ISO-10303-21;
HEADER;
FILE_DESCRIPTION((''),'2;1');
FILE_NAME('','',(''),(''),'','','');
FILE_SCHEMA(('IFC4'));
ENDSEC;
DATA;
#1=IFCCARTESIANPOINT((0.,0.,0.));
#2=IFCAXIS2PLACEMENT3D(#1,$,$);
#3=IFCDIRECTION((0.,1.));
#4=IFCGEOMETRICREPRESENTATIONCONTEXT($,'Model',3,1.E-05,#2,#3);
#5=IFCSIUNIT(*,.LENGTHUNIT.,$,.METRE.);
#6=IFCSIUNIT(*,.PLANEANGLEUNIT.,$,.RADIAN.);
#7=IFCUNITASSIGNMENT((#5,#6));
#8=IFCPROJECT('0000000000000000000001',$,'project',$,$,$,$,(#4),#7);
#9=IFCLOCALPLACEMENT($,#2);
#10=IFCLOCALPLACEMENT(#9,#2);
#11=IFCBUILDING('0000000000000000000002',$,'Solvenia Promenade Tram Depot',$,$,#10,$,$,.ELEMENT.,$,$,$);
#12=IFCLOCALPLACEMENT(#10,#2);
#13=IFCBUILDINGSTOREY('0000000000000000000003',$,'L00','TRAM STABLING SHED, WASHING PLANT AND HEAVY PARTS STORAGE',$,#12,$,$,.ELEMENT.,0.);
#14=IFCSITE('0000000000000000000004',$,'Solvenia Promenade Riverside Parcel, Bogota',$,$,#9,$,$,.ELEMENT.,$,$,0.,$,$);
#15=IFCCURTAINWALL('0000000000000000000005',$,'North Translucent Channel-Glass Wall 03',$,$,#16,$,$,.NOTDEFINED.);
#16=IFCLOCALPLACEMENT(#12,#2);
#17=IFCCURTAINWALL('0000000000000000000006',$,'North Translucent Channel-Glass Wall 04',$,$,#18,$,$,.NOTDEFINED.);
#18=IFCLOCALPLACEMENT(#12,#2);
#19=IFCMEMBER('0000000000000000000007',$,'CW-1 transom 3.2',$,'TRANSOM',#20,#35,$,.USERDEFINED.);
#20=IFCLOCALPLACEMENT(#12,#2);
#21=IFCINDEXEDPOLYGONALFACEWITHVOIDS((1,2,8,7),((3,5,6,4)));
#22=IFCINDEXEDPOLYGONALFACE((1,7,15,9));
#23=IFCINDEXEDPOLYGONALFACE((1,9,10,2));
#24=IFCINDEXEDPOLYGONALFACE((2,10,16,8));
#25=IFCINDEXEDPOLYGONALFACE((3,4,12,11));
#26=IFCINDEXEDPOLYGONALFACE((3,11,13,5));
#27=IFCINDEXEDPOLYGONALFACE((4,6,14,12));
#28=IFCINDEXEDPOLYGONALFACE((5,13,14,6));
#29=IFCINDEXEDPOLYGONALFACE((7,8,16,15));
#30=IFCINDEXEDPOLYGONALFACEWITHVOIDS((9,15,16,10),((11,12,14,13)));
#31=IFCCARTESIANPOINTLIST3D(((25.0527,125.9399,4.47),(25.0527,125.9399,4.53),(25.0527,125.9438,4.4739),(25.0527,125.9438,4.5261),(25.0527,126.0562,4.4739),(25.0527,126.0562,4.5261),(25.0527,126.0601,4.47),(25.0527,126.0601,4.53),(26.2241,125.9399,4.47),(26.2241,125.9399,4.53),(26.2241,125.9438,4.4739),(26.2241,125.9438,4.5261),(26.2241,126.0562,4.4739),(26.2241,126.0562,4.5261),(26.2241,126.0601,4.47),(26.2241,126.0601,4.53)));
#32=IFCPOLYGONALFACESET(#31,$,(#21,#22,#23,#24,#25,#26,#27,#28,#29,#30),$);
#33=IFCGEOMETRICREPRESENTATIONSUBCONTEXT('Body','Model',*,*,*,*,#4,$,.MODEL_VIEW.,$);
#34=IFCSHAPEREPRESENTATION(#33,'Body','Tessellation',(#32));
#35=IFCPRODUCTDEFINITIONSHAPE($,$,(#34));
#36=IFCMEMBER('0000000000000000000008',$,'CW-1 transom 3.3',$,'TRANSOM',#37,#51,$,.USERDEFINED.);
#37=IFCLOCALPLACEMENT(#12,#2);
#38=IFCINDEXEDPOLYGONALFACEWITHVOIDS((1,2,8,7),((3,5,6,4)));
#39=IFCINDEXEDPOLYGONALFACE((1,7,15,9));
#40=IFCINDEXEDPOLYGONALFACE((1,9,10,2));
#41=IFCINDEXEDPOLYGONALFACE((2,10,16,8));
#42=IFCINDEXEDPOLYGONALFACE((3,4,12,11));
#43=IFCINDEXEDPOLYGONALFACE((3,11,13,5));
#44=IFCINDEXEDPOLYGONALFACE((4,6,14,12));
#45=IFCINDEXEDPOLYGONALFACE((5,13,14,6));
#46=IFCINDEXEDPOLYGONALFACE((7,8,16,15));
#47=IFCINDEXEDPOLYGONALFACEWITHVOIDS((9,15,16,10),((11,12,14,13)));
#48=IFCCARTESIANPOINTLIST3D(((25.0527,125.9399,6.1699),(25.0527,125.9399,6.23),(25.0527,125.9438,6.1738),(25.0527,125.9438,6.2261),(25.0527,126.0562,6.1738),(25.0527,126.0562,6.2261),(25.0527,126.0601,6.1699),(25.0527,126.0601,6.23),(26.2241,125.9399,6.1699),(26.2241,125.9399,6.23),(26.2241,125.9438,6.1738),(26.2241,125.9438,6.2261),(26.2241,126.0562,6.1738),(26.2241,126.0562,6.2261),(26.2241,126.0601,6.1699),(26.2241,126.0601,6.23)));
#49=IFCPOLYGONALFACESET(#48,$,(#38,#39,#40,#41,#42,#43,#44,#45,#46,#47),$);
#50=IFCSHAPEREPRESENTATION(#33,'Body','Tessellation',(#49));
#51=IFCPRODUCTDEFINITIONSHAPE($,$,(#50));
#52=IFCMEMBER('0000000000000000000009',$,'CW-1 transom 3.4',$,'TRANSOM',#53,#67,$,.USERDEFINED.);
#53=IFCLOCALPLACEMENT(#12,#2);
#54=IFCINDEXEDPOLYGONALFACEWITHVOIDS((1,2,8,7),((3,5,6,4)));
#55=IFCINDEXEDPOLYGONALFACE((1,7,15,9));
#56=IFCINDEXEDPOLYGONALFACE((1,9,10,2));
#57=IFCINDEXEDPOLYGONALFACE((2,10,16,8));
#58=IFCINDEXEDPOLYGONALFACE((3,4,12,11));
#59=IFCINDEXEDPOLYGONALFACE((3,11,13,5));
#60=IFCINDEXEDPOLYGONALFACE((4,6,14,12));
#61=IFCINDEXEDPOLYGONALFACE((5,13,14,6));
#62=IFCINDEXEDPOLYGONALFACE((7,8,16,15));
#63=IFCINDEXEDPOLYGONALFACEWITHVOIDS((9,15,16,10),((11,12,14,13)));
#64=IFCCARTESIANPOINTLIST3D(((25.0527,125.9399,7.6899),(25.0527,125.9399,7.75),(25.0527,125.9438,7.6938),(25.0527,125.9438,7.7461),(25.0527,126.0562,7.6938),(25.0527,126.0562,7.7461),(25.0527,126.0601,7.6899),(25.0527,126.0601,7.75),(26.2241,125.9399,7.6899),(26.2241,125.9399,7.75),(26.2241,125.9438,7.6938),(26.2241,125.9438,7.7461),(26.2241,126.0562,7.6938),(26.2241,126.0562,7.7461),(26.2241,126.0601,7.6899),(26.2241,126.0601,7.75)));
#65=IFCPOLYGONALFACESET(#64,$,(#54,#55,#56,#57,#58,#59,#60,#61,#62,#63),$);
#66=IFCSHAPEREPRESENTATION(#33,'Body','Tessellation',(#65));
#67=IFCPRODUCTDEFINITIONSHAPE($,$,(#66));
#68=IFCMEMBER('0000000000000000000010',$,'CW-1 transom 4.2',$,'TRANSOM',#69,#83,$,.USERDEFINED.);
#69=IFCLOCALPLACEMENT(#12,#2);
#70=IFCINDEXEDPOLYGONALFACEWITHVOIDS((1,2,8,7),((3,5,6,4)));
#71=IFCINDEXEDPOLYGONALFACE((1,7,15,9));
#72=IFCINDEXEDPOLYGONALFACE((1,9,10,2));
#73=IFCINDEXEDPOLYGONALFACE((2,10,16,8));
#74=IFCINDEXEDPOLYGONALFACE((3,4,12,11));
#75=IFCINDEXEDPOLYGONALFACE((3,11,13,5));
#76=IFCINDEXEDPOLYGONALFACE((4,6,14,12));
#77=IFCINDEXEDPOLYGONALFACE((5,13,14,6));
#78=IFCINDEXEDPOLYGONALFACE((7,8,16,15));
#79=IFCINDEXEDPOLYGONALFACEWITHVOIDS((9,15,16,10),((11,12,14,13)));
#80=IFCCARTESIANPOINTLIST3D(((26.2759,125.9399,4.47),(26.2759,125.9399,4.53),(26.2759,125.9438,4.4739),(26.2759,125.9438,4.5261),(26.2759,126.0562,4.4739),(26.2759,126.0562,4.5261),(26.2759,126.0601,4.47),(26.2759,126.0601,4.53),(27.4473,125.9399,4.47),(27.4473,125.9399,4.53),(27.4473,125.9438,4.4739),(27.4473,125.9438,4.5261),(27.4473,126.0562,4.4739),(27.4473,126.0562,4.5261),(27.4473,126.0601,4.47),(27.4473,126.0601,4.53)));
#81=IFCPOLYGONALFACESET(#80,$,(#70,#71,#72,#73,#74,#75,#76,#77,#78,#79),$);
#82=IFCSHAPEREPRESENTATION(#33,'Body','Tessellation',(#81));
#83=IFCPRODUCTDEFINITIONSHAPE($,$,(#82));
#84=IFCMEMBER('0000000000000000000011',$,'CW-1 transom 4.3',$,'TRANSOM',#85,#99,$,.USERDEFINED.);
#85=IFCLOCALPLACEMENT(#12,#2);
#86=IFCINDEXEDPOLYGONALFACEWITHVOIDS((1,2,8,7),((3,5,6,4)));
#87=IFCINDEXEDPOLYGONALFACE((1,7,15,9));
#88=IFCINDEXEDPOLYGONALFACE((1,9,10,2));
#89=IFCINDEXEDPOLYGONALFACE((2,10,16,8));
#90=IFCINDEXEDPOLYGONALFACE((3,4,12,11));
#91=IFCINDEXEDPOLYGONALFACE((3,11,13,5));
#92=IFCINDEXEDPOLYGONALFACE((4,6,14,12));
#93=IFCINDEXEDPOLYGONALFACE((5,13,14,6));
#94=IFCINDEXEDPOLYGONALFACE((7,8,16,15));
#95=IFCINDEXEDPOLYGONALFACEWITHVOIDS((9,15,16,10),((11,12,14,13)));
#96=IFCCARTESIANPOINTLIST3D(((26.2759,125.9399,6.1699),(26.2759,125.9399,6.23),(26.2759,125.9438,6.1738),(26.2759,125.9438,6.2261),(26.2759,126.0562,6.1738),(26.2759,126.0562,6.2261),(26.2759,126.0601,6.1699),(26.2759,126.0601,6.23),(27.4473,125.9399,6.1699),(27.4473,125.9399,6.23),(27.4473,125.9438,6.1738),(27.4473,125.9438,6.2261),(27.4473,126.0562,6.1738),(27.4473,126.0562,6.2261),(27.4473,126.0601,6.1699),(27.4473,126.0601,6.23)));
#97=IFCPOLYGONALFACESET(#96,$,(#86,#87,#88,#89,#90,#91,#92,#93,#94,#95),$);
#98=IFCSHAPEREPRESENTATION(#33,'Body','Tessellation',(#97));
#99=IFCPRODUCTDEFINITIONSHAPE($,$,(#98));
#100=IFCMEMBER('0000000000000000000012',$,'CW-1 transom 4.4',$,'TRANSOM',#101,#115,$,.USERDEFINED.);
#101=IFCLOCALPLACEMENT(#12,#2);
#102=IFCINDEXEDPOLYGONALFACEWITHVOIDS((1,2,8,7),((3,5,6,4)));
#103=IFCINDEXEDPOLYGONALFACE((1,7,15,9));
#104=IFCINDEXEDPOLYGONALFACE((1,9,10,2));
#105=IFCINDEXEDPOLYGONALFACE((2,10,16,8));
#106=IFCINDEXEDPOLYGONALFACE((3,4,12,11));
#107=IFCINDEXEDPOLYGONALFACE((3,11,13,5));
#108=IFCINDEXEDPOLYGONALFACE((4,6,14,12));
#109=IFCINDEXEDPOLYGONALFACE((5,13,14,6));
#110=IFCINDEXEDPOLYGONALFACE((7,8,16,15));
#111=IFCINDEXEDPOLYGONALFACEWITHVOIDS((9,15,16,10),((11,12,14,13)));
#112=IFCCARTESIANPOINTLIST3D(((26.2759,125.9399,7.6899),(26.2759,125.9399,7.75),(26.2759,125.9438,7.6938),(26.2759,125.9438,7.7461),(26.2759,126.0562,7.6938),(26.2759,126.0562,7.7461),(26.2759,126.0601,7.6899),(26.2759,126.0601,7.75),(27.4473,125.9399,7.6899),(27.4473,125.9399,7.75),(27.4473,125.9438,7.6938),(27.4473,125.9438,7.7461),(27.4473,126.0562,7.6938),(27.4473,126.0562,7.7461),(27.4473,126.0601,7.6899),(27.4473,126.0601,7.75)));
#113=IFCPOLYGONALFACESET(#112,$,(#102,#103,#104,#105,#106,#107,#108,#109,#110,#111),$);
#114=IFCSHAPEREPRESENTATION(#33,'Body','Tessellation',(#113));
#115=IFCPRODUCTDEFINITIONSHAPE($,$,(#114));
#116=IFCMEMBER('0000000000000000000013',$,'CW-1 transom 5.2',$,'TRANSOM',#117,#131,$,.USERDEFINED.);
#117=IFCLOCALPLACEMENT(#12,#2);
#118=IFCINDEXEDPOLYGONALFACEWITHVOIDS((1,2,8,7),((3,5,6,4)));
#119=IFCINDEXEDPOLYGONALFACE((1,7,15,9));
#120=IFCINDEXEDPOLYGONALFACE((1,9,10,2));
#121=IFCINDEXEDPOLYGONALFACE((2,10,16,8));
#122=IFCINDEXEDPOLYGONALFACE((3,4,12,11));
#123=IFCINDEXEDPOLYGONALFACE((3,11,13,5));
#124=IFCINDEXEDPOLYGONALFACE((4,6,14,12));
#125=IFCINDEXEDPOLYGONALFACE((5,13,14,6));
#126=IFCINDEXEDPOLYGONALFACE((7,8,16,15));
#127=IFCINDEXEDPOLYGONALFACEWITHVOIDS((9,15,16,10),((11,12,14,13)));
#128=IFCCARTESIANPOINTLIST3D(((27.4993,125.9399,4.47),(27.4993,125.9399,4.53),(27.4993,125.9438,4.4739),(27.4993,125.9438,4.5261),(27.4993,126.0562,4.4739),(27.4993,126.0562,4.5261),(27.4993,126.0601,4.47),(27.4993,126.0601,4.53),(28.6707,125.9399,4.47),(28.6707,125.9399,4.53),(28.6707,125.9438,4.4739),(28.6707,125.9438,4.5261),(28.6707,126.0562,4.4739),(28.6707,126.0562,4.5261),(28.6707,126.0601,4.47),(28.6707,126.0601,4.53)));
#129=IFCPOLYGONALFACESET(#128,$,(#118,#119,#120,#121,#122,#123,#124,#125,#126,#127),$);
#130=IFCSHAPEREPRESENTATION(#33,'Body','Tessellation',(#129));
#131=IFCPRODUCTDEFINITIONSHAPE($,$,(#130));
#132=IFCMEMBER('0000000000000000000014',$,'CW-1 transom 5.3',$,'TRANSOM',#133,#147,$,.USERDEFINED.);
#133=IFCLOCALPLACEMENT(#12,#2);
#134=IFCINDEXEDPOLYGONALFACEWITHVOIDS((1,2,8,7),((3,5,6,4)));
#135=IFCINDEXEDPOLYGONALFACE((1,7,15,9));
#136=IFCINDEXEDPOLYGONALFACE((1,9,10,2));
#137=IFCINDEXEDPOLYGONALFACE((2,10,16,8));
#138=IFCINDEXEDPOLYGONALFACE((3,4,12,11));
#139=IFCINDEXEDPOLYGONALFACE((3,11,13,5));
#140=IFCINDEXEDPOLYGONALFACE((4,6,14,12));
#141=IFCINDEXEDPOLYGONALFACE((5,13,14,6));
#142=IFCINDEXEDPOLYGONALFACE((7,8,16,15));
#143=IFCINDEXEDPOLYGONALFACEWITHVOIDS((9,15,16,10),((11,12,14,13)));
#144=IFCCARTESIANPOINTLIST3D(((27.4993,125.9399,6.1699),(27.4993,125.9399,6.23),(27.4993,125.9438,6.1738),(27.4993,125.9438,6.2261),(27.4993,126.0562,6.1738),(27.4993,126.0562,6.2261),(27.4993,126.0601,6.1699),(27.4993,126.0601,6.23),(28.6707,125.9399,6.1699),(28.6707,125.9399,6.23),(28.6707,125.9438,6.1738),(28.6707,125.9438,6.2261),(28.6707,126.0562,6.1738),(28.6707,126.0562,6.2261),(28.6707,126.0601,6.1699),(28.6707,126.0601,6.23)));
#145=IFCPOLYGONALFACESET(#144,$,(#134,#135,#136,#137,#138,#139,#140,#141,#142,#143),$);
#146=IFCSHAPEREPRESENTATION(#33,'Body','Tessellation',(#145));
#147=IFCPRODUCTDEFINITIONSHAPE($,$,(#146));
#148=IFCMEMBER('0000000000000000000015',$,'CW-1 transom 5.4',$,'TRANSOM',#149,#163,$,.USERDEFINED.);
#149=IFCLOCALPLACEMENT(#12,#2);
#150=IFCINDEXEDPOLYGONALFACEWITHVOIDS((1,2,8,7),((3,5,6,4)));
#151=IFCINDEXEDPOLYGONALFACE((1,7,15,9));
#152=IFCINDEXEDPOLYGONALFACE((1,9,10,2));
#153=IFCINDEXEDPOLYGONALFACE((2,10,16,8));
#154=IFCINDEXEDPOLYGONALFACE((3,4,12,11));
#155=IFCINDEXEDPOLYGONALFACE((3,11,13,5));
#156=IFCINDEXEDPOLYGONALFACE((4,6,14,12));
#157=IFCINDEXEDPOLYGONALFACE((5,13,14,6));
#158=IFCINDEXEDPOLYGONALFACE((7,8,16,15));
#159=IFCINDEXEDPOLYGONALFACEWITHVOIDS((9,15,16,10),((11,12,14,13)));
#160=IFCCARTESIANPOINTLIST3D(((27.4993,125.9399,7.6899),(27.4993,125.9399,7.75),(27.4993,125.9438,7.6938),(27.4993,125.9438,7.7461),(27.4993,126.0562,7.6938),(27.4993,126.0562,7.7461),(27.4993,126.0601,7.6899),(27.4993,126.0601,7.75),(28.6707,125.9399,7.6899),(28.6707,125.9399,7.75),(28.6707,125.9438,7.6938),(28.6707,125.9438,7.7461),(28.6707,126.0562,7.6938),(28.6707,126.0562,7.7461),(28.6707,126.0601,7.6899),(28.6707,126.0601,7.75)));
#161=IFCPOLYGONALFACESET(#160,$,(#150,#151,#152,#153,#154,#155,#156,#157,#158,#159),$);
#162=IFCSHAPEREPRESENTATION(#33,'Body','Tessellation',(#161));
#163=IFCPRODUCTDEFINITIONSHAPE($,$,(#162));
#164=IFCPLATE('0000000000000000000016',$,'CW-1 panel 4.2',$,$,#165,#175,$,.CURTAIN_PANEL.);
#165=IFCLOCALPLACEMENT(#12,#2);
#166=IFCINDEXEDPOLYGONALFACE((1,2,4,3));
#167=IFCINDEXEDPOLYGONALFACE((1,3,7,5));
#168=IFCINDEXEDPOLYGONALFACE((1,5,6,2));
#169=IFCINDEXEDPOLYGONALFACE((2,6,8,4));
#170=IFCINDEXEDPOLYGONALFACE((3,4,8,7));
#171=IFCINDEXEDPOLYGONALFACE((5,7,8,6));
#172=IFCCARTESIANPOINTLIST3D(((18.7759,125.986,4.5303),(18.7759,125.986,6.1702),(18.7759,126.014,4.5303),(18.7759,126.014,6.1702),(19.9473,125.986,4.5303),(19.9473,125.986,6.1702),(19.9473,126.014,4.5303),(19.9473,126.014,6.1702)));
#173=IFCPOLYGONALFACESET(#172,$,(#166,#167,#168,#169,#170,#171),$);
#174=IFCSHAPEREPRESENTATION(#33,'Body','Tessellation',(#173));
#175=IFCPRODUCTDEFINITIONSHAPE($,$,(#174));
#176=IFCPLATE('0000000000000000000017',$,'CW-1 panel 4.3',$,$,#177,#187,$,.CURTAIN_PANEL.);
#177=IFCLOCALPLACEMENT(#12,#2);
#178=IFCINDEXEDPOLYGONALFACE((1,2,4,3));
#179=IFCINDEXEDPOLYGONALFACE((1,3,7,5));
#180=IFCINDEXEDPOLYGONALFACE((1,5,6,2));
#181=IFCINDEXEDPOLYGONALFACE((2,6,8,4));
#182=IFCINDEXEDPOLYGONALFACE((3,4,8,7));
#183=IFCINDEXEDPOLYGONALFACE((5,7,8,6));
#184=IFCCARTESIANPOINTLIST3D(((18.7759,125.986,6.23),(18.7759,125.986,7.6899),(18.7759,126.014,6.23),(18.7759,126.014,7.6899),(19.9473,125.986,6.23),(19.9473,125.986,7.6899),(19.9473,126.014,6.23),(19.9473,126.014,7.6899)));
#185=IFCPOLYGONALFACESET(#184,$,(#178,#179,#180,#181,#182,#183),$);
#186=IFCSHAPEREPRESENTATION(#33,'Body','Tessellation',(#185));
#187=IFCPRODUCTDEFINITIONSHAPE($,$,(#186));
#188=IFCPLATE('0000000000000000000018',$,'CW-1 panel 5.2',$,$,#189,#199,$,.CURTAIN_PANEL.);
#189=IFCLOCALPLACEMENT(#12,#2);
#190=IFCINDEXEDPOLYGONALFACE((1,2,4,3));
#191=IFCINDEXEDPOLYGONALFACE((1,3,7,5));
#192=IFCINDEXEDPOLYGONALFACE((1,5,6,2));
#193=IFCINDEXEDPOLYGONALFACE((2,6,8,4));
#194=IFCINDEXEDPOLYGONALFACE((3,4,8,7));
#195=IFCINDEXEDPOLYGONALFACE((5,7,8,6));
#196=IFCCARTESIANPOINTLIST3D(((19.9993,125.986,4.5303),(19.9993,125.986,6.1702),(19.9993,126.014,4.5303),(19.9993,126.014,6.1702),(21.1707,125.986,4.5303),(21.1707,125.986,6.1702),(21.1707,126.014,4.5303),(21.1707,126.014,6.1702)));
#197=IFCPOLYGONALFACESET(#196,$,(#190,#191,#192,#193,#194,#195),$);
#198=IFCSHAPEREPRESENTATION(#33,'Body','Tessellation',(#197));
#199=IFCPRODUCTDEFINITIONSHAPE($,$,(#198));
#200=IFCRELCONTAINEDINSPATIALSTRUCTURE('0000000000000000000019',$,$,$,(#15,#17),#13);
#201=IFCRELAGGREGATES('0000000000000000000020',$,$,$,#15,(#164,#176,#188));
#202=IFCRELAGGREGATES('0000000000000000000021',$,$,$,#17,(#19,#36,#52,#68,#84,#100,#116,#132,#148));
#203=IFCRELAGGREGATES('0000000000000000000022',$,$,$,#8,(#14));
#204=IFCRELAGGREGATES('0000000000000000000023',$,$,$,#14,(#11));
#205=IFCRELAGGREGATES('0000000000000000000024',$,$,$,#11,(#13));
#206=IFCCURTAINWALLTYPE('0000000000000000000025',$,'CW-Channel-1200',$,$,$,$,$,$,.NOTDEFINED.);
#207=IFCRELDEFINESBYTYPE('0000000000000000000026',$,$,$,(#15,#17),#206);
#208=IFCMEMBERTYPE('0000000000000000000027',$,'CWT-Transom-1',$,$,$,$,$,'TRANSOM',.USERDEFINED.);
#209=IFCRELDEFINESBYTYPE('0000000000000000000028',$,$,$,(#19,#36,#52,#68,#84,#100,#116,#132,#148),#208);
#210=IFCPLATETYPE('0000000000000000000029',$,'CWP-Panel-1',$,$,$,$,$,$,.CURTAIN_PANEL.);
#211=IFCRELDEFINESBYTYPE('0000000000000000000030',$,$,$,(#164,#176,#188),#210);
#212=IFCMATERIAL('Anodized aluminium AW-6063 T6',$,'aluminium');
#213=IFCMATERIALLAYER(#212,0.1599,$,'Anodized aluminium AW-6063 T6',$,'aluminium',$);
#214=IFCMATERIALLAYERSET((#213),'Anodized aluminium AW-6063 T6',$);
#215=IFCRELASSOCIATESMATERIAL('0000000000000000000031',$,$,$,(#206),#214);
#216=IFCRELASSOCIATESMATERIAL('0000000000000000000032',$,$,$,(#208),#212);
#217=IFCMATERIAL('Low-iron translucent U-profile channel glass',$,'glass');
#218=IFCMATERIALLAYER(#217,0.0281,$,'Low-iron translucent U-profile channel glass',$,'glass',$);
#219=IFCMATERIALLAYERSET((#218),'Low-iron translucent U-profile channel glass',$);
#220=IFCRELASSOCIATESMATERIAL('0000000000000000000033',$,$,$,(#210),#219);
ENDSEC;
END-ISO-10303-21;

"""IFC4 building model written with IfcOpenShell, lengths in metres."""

from ifc_helpers import new_model, si_unit, direction, frame, origin, origin_2d, place, context, subcontext, project, spatial, rectangle, hollow_rectangle, extrude, material, layer, layer_set, material_profile, profile_set, type_object, element, aggregate, save


model = new_model("IFC4")

# Units and contexts
model_context = context("Model", 3, precision=1e-05, world=origin(), true_north=direction((0.0, 1.0)))
body_context = subcontext(model_context, "Body", "Model", "MODEL_VIEW")
ifc_project = project(units=[si_unit("LENGTHUNIT", "METRE"), si_unit("PLANEANGLEUNIT", "RADIAN")], contexts=[model_context])

# Site, building, storey
site_placement = place(None, origin())
site = spatial("IfcSite", under=ifc_project, at=site_placement, Name="Solvenia Promenade Riverside Parcel, Bogota", CompositionType="ELEMENT", RefElevation=0.0)
building_placement = place(site_placement, origin())
building = spatial("IfcBuilding", under=site, at=building_placement, Name="Solvenia Promenade Tram Depot", CompositionType="ELEMENT")
storey_placement = place(building_placement, origin())
storey = spatial("IfcBuildingStorey", under=building, at=storey_placement, Name="L00", Description="TRAM STABLING SHED, WASHING PLANT AND HEAVY PARTS STORAGE", CompositionType="ELEMENT", Elevation=0.0)

# Curtain walls, members
ifc_material_1 = material(Name="Anodized aluminium AW-6063 T6", Category="aluminium")
ifc_layer_1 = layer(ifc_material_1, 0.1599, Name="Anodized aluminium AW-6063 T6", Category="aluminium")
ifc_layer_set_1 = layer_set([ifc_layer_1], Name="Anodized aluminium AW-6063 T6")
curtain_wall_type = type_object("IfcCurtainWallType", Name="CW-Channel-1200", PredefinedType="NOTDEFINED", material=ifc_layer_set_1)
curtain_wall_1_placement = place(storey_placement, origin())
curtain_wall_1 = element("IfcCurtainWall", 1, at=curtain_wall_1_placement, inside=storey, type_object=curtain_wall_type, Name="North Translucent Channel-Glass Wall 03", PredefinedType="NOTDEFINED")
ifc_material_profile = material_profile(ifc_material_1, hollow_rectangle(XDim=0.1201, YDim=0.0601, WallThickness=0.0039, at=origin_2d()), Name="ALU-T1", Category="aluminium")
ifc_profile_set = profile_set([ifc_material_profile], Name="Anodized aluminium AW-6063 T6")
member_type = type_object("IfcMemberType", Name="CWT-Transom-1", ElementType="TRANSOM", PredefinedType="USERDEFINED", material=ifc_profile_set)
curtain_wall_2_placement = place(storey_placement, origin())
curtain_wall_2 = element("IfcCurtainWall", 2, at=curtain_wall_2_placement, inside=storey, type_object=curtain_wall_type, Name="North Translucent Channel-Glass Wall 04", PredefinedType="NOTDEFINED")
member_1_placement = place(storey_placement, frame((25.0527, 126.0, 4.5), z_axis=(1.0, 0.0, 0.0), x_axis=(0.0, 1.0, 0.0)))
member_1 = element("IfcMember", 3, at=member_1_placement, type_object=member_type, Name="CW-1 transom 3.2", ObjectType="TRANSOM", PredefinedType="USERDEFINED", context=body_context, shape_type="SweptSolid", body=[
    extrude(hollow_rectangle(XDim=0.1201, YDim=0.0601, WallThickness=0.0039, at=origin_2d()), origin(), (0.0, 0.0, 1.0), 1.1714),
])
member_2_placement = place(storey_placement, frame((25.0527, 126.0, 6.2), z_axis=(1.0, 0.0, 0.0), x_axis=(0.0, 1.0, 0.0)))
member_2 = element("IfcMember", 4, at=member_2_placement, type_object=member_type, Name="CW-1 transom 3.3", ObjectType="TRANSOM", PredefinedType="USERDEFINED", context=body_context, shape_type="SweptSolid", body=[
    extrude(hollow_rectangle(XDim=0.1201, YDim=0.0601, WallThickness=0.0039, at=origin_2d()), origin(), (0.0, 0.0, 1.0), 1.1714),
])
member_3_placement = place(storey_placement, frame((25.0527, 126.0, 7.72), z_axis=(1.0, 0.0, 0.0), x_axis=(0.0, 1.0, 0.0)))
member_3 = element("IfcMember", 5, at=member_3_placement, type_object=member_type, Name="CW-1 transom 3.4", ObjectType="TRANSOM", PredefinedType="USERDEFINED", context=body_context, shape_type="SweptSolid", body=[
    extrude(hollow_rectangle(XDim=0.1201, YDim=0.0601, WallThickness=0.0039, at=origin_2d()), origin(), (0.0, 0.0, 1.0), 1.1714),
])
member_4_placement = place(storey_placement, frame((26.2759, 126.0, 4.5), z_axis=(1.0, 0.0, 0.0), x_axis=(0.0, 1.0, 0.0)))
member_4 = element("IfcMember", 6, at=member_4_placement, type_object=member_type, Name="CW-1 transom 4.2", ObjectType="TRANSOM", PredefinedType="USERDEFINED", context=body_context, shape_type="SweptSolid", body=[
    extrude(hollow_rectangle(XDim=0.1201, YDim=0.0601, WallThickness=0.0039, at=origin_2d()), origin(), (0.0, 0.0, 1.0), 1.1714),
])
member_5_placement = place(storey_placement, frame((26.2759, 126.0, 6.2), z_axis=(1.0, 0.0, 0.0), x_axis=(0.0, 1.0, 0.0)))
member_5 = element("IfcMember", 7, at=member_5_placement, type_object=member_type, Name="CW-1 transom 4.3", ObjectType="TRANSOM", PredefinedType="USERDEFINED", context=body_context, shape_type="SweptSolid", body=[
    extrude(hollow_rectangle(XDim=0.1201, YDim=0.0601, WallThickness=0.0039, at=origin_2d()), origin(), (0.0, 0.0, 1.0), 1.1714),
])
member_6_placement = place(storey_placement, frame((26.2759, 126.0, 7.72), z_axis=(1.0, 0.0, 0.0), x_axis=(0.0, 1.0, 0.0)))
member_6 = element("IfcMember", 8, at=member_6_placement, type_object=member_type, Name="CW-1 transom 4.4", ObjectType="TRANSOM", PredefinedType="USERDEFINED", context=body_context, shape_type="SweptSolid", body=[
    extrude(hollow_rectangle(XDim=0.1201, YDim=0.0601, WallThickness=0.0039, at=origin_2d()), origin(), (0.0, 0.0, 1.0), 1.1714),
])
member_7_placement = place(storey_placement, frame((27.4993, 126.0, 4.5), z_axis=(1.0, 0.0, 0.0), x_axis=(0.0, 1.0, 0.0)))
member_7 = element("IfcMember", 9, at=member_7_placement, type_object=member_type, Name="CW-1 transom 5.2", ObjectType="TRANSOM", PredefinedType="USERDEFINED", context=body_context, shape_type="SweptSolid", body=[
    extrude(hollow_rectangle(XDim=0.1201, YDim=0.0601, WallThickness=0.0039, at=origin_2d()), origin(), (0.0, 0.0, 1.0), 1.1714),
])
member_8_placement = place(storey_placement, frame((27.4993, 126.0, 6.2), z_axis=(1.0, 0.0, 0.0), x_axis=(0.0, 1.0, 0.0)))
member_8 = element("IfcMember", 10, at=member_8_placement, type_object=member_type, Name="CW-1 transom 5.3", ObjectType="TRANSOM", PredefinedType="USERDEFINED", context=body_context, shape_type="SweptSolid", body=[
    extrude(hollow_rectangle(XDim=0.1201, YDim=0.0601, WallThickness=0.0039, at=origin_2d()), origin(), (0.0, 0.0, 1.0), 1.1714),
])
member_9_placement = place(storey_placement, frame((27.4993, 126.0, 7.72), z_axis=(1.0, 0.0, 0.0), x_axis=(0.0, 1.0, 0.0)))
member_9 = element("IfcMember", 11, at=member_9_placement, type_object=member_type, Name="CW-1 transom 5.4", ObjectType="TRANSOM", PredefinedType="USERDEFINED", context=body_context, shape_type="SweptSolid", body=[
    extrude(hollow_rectangle(XDim=0.1201, YDim=0.0601, WallThickness=0.0039, at=origin_2d()), origin(), (0.0, 0.0, 1.0), 1.1714),
])

# Plates
ifc_material_2 = material(Name="Low-iron translucent U-profile channel glass", Category="glass")
ifc_layer_2 = layer(ifc_material_2, 0.0281, Name="Low-iron translucent U-profile channel glass", Category="glass")
ifc_layer_set_2 = layer_set([ifc_layer_2], Name="Low-iron translucent U-profile channel glass")
plate_type = type_object("IfcPlateType", Name="CWP-Panel-1", PredefinedType="CURTAIN_PANEL", material=ifc_layer_set_2)
plate_1_placement = place(storey_placement, frame((19.3616, 126.0, 4.5303), z_axis=(0.0, 0.0, 1.0), x_axis=(1.0, 0.0, 0.0)))
plate_1 = element("IfcPlate", 12, at=plate_1_placement, type_object=plate_type, Name="CW-1 panel 4.2", PredefinedType="CURTAIN_PANEL", context=body_context, shape_type="SweptSolid", body=[
    extrude(rectangle(XDim=1.1714, YDim=0.0281, at=origin_2d()), origin(), (0.0, 0.0, 1.0), 1.6399),
])
plate_2_placement = place(storey_placement, frame((19.3616, 126.0, 6.23), z_axis=(0.0, 0.0, 1.0), x_axis=(1.0, 0.0, 0.0)))
plate_2 = element("IfcPlate", 13, at=plate_2_placement, type_object=plate_type, Name="CW-1 panel 4.3", PredefinedType="CURTAIN_PANEL", context=body_context, shape_type="SweptSolid", body=[
    extrude(rectangle(XDim=1.1714, YDim=0.0281, at=origin_2d()), origin(), (0.0, 0.0, 1.0), 1.46),
])
plate_3_placement = place(storey_placement, frame((20.585, 126.0, 4.5303), z_axis=(0.0, 0.0, 1.0), x_axis=(1.0, 0.0, 0.0)))
plate_3 = element("IfcPlate", 14, at=plate_3_placement, type_object=plate_type, Name="CW-1 panel 5.2", PredefinedType="CURTAIN_PANEL", context=body_context, shape_type="SweptSolid", body=[
    extrude(rectangle(XDim=1.1714, YDim=0.0281, at=origin_2d()), origin(), (0.0, 0.0, 1.0), 1.6399),
])
aggregate(curtain_wall_1, [plate_1, plate_2, plate_3])
aggregate(curtain_wall_2, [member_1, member_2, member_3, member_4, member_5, member_6, member_7, member_8, member_9])

save(model, "model.ifc")
